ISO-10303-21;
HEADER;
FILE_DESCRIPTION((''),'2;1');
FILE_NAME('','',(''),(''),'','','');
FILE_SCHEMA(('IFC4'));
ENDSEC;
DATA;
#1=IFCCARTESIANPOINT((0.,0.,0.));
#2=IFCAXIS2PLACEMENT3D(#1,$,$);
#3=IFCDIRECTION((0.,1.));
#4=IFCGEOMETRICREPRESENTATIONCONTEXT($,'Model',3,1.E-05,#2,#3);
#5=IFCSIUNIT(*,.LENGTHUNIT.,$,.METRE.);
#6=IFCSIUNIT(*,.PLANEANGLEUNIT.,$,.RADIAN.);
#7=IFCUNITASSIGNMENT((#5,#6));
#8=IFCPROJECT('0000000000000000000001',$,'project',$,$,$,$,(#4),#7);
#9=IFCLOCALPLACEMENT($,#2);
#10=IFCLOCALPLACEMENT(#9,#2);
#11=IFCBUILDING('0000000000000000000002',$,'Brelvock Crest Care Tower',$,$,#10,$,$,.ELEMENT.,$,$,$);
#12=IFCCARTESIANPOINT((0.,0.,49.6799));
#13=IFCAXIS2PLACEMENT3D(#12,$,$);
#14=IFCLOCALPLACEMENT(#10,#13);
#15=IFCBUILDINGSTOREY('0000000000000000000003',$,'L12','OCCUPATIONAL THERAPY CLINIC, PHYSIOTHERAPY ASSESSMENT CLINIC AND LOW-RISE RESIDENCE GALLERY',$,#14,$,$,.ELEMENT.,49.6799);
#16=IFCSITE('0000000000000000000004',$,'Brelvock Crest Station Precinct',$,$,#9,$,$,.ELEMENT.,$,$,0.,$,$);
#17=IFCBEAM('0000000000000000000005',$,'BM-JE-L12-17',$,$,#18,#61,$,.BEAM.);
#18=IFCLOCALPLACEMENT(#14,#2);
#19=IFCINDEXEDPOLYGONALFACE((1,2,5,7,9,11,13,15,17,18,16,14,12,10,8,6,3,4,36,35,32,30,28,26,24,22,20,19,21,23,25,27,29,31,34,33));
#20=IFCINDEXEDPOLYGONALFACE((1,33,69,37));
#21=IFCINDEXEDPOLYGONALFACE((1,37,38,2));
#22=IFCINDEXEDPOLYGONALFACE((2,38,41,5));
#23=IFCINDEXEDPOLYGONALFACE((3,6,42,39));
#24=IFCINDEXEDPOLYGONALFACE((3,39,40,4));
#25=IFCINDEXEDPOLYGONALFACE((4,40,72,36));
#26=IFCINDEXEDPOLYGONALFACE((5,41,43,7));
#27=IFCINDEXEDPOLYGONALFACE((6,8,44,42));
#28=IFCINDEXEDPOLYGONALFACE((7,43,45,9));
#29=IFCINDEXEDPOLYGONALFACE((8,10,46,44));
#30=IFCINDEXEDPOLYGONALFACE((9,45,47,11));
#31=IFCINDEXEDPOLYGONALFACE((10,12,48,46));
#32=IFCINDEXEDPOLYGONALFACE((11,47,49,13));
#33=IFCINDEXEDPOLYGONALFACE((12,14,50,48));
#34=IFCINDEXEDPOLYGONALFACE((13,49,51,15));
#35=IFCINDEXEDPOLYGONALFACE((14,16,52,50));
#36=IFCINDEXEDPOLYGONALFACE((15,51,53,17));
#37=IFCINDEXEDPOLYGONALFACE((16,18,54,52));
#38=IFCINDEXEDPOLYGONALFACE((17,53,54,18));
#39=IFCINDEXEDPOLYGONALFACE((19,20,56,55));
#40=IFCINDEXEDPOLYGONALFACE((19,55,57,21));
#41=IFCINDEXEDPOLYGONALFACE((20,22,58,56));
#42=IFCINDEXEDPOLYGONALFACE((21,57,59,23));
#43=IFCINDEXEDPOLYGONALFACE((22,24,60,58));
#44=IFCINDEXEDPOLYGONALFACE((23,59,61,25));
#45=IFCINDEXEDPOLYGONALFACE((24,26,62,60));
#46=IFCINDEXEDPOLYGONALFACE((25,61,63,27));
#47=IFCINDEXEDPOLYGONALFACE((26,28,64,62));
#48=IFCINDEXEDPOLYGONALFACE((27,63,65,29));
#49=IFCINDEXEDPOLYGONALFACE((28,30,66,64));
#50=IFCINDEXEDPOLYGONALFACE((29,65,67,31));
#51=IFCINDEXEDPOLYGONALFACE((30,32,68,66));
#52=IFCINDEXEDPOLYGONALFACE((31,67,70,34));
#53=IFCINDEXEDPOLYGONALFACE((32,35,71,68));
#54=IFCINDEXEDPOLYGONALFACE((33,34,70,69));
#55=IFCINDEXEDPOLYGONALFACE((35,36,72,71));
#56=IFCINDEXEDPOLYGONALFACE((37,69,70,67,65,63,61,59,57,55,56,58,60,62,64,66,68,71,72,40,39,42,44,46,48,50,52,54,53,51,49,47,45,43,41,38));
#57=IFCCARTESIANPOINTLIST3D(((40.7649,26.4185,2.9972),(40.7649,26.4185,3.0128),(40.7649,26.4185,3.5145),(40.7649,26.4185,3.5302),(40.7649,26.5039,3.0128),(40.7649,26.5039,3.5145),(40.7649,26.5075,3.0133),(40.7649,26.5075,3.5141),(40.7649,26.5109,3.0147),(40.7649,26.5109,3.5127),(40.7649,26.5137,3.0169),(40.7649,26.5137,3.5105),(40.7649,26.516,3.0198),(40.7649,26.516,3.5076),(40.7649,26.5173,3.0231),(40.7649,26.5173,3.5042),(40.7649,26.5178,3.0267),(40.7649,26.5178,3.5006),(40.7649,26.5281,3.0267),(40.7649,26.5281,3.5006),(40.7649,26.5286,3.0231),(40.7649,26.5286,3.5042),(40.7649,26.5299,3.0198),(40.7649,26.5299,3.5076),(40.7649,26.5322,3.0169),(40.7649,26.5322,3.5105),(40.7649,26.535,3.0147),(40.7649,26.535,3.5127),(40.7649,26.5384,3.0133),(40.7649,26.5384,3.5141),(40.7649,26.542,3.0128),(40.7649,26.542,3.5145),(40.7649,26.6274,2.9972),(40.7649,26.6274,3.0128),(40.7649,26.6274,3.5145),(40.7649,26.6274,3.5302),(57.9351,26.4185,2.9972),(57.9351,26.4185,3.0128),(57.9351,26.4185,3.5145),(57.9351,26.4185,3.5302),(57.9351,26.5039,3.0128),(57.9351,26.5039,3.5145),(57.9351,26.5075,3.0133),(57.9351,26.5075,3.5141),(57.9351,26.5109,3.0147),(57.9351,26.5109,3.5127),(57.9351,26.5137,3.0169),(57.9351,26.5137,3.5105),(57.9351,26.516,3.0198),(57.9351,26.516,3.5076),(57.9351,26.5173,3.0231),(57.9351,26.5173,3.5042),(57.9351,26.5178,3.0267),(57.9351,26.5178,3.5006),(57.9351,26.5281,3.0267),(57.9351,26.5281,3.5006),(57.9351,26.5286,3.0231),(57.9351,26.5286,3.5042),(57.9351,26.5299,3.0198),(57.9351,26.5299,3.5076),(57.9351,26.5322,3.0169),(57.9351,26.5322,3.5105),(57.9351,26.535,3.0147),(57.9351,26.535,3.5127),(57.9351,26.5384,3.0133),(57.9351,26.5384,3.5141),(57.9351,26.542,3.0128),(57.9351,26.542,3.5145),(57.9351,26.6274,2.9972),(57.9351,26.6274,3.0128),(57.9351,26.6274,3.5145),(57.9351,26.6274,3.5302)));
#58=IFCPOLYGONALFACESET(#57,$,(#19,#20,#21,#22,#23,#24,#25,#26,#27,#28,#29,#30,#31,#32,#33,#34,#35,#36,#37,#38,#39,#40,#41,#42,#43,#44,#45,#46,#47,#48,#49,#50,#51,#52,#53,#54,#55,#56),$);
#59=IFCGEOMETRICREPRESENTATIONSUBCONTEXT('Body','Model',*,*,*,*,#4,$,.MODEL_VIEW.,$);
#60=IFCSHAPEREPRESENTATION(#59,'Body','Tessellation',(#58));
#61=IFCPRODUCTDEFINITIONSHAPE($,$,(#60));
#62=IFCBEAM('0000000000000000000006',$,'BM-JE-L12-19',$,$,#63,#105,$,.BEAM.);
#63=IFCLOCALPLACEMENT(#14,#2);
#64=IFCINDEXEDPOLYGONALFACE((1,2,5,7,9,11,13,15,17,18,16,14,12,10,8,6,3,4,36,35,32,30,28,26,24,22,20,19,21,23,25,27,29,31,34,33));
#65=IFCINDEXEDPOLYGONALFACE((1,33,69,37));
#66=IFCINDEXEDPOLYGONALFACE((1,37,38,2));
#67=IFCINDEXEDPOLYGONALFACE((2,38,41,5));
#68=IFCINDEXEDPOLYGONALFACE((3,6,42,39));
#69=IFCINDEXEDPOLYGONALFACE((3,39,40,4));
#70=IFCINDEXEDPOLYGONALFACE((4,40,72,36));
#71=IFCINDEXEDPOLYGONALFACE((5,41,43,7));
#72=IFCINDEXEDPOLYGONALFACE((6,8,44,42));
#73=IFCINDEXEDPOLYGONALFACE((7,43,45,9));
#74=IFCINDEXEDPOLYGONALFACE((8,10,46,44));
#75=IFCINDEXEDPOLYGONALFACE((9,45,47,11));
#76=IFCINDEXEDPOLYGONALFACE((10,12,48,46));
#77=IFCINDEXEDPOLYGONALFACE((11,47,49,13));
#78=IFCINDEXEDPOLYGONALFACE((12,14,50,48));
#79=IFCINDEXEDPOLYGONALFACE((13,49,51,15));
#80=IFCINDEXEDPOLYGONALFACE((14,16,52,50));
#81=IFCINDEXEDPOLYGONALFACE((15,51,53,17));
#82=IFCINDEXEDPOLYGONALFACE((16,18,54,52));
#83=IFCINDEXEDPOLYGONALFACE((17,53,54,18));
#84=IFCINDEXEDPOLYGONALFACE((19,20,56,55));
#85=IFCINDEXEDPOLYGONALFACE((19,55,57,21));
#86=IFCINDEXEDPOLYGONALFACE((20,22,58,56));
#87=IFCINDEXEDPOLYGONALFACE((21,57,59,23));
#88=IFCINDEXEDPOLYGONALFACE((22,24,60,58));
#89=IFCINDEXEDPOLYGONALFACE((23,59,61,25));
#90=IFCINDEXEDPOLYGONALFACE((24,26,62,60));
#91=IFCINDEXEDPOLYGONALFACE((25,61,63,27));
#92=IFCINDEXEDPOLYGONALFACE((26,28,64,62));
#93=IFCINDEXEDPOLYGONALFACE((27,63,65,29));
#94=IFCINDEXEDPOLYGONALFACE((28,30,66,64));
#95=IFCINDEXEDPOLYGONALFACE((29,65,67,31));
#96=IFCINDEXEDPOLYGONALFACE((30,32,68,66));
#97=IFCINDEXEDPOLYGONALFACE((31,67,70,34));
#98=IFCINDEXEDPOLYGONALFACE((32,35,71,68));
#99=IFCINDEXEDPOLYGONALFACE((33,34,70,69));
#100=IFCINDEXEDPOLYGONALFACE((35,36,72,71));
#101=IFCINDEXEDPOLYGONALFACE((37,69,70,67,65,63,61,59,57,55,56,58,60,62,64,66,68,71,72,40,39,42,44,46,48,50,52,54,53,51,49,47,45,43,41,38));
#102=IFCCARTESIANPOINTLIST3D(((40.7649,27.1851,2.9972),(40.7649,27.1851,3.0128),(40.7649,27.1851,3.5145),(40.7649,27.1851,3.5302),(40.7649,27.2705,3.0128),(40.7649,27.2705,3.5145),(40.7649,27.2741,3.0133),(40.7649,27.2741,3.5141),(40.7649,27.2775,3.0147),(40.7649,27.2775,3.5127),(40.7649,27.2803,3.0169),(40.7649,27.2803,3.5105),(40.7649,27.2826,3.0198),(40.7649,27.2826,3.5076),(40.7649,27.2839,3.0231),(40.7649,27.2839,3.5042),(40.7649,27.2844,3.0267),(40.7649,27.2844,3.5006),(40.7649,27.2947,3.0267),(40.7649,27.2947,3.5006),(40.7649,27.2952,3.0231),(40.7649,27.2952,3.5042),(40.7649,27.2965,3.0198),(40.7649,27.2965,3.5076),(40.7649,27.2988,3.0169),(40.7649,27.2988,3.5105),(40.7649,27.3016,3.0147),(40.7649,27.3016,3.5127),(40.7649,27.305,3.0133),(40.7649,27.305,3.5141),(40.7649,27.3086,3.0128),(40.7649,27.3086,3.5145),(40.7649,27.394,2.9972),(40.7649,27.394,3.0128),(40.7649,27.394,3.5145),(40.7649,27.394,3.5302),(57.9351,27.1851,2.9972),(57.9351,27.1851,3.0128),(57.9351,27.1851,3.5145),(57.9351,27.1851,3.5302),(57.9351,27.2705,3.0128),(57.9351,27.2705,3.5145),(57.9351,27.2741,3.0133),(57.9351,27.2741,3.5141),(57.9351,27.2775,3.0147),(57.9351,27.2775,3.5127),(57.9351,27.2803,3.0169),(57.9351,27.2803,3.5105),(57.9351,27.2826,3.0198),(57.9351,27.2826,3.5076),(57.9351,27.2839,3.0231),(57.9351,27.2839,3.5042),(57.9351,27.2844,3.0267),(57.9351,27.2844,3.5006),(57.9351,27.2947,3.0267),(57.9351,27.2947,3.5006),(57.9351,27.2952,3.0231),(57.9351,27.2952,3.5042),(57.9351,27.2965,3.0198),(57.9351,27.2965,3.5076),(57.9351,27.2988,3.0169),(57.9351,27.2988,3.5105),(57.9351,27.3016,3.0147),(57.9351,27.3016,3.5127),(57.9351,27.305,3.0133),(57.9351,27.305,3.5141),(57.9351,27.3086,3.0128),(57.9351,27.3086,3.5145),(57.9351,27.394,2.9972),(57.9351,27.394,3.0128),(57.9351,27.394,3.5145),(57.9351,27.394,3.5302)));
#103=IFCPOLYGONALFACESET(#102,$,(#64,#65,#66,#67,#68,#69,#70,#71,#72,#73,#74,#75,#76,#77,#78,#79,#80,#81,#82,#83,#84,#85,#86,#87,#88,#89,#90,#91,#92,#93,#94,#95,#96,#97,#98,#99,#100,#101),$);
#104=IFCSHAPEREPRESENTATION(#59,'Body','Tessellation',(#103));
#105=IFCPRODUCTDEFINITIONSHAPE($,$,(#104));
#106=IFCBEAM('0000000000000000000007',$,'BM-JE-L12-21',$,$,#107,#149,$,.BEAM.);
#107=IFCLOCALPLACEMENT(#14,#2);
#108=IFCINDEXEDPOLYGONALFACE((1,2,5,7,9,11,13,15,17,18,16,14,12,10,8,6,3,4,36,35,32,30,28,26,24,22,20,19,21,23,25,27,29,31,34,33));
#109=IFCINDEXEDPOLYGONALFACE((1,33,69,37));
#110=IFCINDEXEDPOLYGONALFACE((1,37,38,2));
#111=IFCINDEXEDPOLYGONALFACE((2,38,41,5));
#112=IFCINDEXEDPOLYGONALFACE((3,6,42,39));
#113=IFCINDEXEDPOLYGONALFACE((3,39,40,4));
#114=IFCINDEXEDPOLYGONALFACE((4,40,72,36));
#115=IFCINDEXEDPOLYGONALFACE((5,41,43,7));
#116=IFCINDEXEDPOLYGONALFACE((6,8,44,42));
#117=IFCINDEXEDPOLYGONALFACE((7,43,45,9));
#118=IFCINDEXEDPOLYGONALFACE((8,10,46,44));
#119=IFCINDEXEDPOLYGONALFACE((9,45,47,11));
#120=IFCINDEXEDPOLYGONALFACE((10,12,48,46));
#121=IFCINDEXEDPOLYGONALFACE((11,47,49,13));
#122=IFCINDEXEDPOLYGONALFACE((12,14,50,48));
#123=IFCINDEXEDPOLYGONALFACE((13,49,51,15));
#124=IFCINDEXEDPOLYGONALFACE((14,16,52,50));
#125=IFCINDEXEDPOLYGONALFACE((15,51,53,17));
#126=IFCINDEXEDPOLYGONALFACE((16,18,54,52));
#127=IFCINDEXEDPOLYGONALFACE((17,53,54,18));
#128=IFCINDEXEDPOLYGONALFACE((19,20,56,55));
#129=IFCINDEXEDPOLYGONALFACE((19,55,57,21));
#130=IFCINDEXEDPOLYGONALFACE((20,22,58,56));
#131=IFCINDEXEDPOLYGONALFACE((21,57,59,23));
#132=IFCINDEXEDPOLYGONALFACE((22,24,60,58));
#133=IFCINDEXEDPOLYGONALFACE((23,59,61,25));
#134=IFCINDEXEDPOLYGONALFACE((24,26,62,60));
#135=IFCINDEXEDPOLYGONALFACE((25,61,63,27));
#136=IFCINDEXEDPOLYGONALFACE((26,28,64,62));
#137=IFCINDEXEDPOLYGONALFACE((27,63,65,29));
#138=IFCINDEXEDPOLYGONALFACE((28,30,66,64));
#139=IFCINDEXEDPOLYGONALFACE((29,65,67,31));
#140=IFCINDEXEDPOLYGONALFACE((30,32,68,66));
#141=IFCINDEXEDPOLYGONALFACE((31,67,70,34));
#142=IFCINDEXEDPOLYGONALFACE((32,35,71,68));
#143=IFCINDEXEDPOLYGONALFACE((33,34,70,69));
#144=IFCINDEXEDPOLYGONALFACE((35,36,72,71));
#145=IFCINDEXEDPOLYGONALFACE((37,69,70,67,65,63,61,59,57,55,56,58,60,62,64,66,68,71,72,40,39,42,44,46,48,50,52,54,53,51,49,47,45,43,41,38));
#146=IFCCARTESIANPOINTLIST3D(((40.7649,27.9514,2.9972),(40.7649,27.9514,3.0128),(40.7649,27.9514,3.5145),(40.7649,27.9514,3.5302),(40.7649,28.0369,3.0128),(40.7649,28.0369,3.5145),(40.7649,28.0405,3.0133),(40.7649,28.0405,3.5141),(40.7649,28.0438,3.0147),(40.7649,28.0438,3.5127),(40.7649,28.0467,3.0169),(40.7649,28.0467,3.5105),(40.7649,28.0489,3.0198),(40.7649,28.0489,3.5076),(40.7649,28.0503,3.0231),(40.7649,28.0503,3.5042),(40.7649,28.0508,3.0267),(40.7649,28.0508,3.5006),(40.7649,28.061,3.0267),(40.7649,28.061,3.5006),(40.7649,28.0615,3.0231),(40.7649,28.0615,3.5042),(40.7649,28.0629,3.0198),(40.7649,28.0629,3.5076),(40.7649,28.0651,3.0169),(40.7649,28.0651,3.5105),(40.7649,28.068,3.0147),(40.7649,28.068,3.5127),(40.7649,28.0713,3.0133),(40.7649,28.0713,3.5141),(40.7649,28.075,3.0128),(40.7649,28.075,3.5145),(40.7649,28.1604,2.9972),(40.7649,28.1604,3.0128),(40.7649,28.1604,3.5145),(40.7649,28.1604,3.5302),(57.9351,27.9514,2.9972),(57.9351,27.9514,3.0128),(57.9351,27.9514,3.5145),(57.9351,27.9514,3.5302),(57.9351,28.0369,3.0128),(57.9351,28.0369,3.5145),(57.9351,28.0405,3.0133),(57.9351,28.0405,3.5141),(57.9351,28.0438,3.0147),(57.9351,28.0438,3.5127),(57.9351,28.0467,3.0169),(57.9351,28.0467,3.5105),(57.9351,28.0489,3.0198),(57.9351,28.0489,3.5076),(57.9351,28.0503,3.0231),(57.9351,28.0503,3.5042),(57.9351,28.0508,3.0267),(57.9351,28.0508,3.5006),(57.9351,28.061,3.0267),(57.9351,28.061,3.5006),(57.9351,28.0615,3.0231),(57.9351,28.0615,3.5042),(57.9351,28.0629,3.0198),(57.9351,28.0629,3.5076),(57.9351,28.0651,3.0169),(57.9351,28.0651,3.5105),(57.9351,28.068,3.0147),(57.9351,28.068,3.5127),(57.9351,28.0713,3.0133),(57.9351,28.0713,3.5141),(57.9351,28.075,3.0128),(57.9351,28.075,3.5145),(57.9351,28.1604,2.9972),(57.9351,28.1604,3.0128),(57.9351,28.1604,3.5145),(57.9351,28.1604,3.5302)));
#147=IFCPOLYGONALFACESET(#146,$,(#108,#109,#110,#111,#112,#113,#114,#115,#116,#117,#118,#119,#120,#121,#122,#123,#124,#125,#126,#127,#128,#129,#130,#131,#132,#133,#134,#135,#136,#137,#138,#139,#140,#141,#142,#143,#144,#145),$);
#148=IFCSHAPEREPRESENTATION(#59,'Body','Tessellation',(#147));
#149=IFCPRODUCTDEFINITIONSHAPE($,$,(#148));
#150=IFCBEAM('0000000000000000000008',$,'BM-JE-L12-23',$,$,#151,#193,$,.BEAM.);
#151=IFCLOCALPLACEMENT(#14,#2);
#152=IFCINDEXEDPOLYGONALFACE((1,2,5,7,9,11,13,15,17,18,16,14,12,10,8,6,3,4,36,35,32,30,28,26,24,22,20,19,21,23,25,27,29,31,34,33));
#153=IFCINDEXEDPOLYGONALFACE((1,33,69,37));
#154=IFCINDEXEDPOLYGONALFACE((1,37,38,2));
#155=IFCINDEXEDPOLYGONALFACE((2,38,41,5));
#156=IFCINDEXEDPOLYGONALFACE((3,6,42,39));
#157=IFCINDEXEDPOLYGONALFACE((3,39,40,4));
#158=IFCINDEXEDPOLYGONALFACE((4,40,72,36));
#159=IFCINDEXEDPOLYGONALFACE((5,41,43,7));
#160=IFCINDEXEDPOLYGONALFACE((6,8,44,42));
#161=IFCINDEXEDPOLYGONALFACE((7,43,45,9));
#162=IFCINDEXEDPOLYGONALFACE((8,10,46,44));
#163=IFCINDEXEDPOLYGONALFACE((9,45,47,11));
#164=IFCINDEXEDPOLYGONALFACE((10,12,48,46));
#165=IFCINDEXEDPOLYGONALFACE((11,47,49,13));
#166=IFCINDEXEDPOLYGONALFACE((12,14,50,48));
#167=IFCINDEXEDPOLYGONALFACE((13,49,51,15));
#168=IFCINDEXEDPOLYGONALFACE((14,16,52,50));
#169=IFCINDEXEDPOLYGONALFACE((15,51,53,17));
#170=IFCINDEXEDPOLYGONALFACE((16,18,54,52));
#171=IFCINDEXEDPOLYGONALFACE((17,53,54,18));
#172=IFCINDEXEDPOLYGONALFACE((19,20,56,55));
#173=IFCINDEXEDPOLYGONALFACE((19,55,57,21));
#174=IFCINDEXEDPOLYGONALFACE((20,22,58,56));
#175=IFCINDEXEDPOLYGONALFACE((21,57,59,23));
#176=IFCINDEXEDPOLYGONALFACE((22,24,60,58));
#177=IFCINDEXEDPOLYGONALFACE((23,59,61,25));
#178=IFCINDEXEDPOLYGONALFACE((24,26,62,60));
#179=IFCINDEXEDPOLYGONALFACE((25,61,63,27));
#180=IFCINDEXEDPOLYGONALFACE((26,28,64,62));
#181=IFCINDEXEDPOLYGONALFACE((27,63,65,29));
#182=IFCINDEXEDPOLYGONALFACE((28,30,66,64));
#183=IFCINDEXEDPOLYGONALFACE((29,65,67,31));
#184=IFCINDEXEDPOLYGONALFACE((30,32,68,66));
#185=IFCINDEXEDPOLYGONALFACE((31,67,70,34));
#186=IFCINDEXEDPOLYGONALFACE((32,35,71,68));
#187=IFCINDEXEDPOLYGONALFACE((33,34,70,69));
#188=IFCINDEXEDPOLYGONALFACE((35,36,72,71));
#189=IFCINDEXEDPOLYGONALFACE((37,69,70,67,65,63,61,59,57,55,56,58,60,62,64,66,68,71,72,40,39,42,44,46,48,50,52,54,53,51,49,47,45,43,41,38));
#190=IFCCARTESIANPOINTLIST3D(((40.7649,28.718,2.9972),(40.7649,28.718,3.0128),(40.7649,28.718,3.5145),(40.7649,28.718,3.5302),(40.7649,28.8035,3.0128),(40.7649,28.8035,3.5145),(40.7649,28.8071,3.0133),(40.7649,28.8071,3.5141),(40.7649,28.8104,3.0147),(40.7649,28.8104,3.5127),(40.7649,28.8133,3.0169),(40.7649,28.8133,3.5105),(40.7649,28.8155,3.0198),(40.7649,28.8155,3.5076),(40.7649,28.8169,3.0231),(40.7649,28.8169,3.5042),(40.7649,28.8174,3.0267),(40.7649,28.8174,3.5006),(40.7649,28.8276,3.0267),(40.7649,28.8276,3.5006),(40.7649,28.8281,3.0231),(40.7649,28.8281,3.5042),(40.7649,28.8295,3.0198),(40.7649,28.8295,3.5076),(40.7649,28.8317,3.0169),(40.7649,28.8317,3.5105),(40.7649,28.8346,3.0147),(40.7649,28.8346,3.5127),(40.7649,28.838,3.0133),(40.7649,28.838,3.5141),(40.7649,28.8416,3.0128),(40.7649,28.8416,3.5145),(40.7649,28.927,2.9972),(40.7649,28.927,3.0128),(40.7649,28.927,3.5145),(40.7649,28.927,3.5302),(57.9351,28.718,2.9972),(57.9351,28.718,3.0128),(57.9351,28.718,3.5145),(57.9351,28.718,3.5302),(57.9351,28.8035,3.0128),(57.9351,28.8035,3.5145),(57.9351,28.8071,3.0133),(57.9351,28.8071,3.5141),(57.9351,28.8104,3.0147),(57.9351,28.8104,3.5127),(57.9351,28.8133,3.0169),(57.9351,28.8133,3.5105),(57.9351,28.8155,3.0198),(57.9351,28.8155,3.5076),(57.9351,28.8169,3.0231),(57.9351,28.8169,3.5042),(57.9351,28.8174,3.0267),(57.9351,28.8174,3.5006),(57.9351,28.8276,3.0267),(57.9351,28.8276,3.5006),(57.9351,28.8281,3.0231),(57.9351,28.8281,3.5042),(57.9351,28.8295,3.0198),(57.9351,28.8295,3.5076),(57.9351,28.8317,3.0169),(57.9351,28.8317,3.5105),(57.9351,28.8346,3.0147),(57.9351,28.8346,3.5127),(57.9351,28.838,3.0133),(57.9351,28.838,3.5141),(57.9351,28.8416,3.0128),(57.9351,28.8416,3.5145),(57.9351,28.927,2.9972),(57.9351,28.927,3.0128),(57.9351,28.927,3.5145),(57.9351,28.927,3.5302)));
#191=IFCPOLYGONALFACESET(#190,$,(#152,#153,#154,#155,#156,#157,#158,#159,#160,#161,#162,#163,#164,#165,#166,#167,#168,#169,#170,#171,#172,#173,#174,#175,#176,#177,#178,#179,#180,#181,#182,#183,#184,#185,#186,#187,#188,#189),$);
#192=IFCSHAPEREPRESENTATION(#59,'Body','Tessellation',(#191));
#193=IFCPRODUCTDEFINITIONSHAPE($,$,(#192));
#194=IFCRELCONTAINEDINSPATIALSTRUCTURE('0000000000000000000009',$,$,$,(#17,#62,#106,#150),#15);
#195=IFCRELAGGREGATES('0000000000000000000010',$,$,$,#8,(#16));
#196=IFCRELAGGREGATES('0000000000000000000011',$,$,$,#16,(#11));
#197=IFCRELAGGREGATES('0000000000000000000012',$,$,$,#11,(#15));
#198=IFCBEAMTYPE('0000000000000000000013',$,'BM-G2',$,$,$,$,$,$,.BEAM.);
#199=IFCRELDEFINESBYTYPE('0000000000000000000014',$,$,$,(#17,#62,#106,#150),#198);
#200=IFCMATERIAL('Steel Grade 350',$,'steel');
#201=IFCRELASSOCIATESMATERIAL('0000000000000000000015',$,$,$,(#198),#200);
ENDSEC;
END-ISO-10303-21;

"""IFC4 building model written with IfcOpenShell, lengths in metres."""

from ifc_helpers import new_model, si_unit, direction, frame, origin, origin_2d, place, context, subcontext, project, spatial, i_section, extrude, source, transform, mapped, material, material_profile, profile_set, type_object, element, save


model = new_model("IFC4")

# Units and contexts
model_context = context("Model", 3, precision=1e-05, world=origin(), true_north=direction((0.0, 1.0)))
body_context = subcontext(model_context, "Body", "Model", "MODEL_VIEW")
ifc_project = project(units=[si_unit("LENGTHUNIT", "METRE"), si_unit("PLANEANGLEUNIT", "RADIAN")], contexts=[model_context])

# Site, building, storey
site_placement = place(None, origin())
site = spatial("IfcSite", under=ifc_project, at=site_placement, Name="Brelvock Crest Station Precinct", CompositionType="ELEMENT", RefElevation=0.0)
building_placement = place(site_placement, origin())
building = spatial("IfcBuilding", under=site, at=building_placement, Name="Brelvock Crest Care Tower", CompositionType="ELEMENT")
storey_placement = place(building_placement, frame((0.0, 0.0, 49.6799)))
storey = spatial("IfcBuildingStorey", under=building, at=storey_placement, Name="L12", Description="OCCUPATIONAL THERAPY CLINIC, PHYSIOTHERAPY ASSESSMENT CLINIC AND LOW-RISE RESIDENCE GALLERY", CompositionType="ELEMENT", Elevation=49.6799)

# Shared definitions
ifc_material_1 = material(Name="Steel Grade 350", Category="steel")

# Beams
ifc_material_profile_1 = material_profile(ifc_material_1, i_section(OverallWidth=0.209, OverallDepth=0.533, WebThickness=0.0103, FlangeThickness=0.0156, FilletRadius=0.0139, at=origin_2d()), Name="530UB92.4")
ifc_profile_set_1 = profile_set([ifc_material_profile_1], Name="Steel Grade 350")
beam_type_1 = type_object("IfcBeamType", Name="BM-G2", PredefinedType="BEAM", material=ifc_profile_set_1)
shared_shape_1 = source(origin(), body_context, "Body", "SweptSolid", [
    extrude(i_section(OverallWidth=0.209, OverallDepth=0.533, WebThickness=0.0103, FlangeThickness=0.0156, FilletRadius=0.0139, at=origin_2d()), origin(), (0.0, 0.0, 1.0), 17.1702),
])
for number, where, z_axis, x_axis, name in (
    (1, (40.7649, 26.5229, 3.2637), (1.0, 0.0, 0.0), (0.0, 1.0, 0.0), "BM-JE-L12-17"),
    (2, (40.7649, 27.2896, 3.2637), (1.0, 0.0, 0.0), (0.0, 1.0, 0.0), "BM-JE-L12-19"),
    (3, (40.7649, 28.0559, 3.2637), (1.0, 0.0, 0.0), (0.0, 1.0, 0.0), "BM-JE-L12-21"),
    (4, (40.7649, 28.8225, 3.2637), (1.0, 0.0, 0.0), (0.0, 1.0, 0.0), "BM-JE-L12-23"),
):
    element("IfcBeam", number, at=place(storey_placement, frame(where, z_axis=z_axis, x_axis=x_axis)), inside=storey, type_object=beam_type_1, Name=name, PredefinedType="BEAM", context=body_context, shape_type="MappedRepresentation", body=[
        mapped(shared_shape_1, transform((0.0, 0.0, 0.0), x_axis=(1.0, 0.0, 0.0), y_axis=(0.0, 1.0, 0.0), z_axis=(0.0, 0.0, 1.0), scale=1.0)),
    ])

save(model, "model.ifc")
